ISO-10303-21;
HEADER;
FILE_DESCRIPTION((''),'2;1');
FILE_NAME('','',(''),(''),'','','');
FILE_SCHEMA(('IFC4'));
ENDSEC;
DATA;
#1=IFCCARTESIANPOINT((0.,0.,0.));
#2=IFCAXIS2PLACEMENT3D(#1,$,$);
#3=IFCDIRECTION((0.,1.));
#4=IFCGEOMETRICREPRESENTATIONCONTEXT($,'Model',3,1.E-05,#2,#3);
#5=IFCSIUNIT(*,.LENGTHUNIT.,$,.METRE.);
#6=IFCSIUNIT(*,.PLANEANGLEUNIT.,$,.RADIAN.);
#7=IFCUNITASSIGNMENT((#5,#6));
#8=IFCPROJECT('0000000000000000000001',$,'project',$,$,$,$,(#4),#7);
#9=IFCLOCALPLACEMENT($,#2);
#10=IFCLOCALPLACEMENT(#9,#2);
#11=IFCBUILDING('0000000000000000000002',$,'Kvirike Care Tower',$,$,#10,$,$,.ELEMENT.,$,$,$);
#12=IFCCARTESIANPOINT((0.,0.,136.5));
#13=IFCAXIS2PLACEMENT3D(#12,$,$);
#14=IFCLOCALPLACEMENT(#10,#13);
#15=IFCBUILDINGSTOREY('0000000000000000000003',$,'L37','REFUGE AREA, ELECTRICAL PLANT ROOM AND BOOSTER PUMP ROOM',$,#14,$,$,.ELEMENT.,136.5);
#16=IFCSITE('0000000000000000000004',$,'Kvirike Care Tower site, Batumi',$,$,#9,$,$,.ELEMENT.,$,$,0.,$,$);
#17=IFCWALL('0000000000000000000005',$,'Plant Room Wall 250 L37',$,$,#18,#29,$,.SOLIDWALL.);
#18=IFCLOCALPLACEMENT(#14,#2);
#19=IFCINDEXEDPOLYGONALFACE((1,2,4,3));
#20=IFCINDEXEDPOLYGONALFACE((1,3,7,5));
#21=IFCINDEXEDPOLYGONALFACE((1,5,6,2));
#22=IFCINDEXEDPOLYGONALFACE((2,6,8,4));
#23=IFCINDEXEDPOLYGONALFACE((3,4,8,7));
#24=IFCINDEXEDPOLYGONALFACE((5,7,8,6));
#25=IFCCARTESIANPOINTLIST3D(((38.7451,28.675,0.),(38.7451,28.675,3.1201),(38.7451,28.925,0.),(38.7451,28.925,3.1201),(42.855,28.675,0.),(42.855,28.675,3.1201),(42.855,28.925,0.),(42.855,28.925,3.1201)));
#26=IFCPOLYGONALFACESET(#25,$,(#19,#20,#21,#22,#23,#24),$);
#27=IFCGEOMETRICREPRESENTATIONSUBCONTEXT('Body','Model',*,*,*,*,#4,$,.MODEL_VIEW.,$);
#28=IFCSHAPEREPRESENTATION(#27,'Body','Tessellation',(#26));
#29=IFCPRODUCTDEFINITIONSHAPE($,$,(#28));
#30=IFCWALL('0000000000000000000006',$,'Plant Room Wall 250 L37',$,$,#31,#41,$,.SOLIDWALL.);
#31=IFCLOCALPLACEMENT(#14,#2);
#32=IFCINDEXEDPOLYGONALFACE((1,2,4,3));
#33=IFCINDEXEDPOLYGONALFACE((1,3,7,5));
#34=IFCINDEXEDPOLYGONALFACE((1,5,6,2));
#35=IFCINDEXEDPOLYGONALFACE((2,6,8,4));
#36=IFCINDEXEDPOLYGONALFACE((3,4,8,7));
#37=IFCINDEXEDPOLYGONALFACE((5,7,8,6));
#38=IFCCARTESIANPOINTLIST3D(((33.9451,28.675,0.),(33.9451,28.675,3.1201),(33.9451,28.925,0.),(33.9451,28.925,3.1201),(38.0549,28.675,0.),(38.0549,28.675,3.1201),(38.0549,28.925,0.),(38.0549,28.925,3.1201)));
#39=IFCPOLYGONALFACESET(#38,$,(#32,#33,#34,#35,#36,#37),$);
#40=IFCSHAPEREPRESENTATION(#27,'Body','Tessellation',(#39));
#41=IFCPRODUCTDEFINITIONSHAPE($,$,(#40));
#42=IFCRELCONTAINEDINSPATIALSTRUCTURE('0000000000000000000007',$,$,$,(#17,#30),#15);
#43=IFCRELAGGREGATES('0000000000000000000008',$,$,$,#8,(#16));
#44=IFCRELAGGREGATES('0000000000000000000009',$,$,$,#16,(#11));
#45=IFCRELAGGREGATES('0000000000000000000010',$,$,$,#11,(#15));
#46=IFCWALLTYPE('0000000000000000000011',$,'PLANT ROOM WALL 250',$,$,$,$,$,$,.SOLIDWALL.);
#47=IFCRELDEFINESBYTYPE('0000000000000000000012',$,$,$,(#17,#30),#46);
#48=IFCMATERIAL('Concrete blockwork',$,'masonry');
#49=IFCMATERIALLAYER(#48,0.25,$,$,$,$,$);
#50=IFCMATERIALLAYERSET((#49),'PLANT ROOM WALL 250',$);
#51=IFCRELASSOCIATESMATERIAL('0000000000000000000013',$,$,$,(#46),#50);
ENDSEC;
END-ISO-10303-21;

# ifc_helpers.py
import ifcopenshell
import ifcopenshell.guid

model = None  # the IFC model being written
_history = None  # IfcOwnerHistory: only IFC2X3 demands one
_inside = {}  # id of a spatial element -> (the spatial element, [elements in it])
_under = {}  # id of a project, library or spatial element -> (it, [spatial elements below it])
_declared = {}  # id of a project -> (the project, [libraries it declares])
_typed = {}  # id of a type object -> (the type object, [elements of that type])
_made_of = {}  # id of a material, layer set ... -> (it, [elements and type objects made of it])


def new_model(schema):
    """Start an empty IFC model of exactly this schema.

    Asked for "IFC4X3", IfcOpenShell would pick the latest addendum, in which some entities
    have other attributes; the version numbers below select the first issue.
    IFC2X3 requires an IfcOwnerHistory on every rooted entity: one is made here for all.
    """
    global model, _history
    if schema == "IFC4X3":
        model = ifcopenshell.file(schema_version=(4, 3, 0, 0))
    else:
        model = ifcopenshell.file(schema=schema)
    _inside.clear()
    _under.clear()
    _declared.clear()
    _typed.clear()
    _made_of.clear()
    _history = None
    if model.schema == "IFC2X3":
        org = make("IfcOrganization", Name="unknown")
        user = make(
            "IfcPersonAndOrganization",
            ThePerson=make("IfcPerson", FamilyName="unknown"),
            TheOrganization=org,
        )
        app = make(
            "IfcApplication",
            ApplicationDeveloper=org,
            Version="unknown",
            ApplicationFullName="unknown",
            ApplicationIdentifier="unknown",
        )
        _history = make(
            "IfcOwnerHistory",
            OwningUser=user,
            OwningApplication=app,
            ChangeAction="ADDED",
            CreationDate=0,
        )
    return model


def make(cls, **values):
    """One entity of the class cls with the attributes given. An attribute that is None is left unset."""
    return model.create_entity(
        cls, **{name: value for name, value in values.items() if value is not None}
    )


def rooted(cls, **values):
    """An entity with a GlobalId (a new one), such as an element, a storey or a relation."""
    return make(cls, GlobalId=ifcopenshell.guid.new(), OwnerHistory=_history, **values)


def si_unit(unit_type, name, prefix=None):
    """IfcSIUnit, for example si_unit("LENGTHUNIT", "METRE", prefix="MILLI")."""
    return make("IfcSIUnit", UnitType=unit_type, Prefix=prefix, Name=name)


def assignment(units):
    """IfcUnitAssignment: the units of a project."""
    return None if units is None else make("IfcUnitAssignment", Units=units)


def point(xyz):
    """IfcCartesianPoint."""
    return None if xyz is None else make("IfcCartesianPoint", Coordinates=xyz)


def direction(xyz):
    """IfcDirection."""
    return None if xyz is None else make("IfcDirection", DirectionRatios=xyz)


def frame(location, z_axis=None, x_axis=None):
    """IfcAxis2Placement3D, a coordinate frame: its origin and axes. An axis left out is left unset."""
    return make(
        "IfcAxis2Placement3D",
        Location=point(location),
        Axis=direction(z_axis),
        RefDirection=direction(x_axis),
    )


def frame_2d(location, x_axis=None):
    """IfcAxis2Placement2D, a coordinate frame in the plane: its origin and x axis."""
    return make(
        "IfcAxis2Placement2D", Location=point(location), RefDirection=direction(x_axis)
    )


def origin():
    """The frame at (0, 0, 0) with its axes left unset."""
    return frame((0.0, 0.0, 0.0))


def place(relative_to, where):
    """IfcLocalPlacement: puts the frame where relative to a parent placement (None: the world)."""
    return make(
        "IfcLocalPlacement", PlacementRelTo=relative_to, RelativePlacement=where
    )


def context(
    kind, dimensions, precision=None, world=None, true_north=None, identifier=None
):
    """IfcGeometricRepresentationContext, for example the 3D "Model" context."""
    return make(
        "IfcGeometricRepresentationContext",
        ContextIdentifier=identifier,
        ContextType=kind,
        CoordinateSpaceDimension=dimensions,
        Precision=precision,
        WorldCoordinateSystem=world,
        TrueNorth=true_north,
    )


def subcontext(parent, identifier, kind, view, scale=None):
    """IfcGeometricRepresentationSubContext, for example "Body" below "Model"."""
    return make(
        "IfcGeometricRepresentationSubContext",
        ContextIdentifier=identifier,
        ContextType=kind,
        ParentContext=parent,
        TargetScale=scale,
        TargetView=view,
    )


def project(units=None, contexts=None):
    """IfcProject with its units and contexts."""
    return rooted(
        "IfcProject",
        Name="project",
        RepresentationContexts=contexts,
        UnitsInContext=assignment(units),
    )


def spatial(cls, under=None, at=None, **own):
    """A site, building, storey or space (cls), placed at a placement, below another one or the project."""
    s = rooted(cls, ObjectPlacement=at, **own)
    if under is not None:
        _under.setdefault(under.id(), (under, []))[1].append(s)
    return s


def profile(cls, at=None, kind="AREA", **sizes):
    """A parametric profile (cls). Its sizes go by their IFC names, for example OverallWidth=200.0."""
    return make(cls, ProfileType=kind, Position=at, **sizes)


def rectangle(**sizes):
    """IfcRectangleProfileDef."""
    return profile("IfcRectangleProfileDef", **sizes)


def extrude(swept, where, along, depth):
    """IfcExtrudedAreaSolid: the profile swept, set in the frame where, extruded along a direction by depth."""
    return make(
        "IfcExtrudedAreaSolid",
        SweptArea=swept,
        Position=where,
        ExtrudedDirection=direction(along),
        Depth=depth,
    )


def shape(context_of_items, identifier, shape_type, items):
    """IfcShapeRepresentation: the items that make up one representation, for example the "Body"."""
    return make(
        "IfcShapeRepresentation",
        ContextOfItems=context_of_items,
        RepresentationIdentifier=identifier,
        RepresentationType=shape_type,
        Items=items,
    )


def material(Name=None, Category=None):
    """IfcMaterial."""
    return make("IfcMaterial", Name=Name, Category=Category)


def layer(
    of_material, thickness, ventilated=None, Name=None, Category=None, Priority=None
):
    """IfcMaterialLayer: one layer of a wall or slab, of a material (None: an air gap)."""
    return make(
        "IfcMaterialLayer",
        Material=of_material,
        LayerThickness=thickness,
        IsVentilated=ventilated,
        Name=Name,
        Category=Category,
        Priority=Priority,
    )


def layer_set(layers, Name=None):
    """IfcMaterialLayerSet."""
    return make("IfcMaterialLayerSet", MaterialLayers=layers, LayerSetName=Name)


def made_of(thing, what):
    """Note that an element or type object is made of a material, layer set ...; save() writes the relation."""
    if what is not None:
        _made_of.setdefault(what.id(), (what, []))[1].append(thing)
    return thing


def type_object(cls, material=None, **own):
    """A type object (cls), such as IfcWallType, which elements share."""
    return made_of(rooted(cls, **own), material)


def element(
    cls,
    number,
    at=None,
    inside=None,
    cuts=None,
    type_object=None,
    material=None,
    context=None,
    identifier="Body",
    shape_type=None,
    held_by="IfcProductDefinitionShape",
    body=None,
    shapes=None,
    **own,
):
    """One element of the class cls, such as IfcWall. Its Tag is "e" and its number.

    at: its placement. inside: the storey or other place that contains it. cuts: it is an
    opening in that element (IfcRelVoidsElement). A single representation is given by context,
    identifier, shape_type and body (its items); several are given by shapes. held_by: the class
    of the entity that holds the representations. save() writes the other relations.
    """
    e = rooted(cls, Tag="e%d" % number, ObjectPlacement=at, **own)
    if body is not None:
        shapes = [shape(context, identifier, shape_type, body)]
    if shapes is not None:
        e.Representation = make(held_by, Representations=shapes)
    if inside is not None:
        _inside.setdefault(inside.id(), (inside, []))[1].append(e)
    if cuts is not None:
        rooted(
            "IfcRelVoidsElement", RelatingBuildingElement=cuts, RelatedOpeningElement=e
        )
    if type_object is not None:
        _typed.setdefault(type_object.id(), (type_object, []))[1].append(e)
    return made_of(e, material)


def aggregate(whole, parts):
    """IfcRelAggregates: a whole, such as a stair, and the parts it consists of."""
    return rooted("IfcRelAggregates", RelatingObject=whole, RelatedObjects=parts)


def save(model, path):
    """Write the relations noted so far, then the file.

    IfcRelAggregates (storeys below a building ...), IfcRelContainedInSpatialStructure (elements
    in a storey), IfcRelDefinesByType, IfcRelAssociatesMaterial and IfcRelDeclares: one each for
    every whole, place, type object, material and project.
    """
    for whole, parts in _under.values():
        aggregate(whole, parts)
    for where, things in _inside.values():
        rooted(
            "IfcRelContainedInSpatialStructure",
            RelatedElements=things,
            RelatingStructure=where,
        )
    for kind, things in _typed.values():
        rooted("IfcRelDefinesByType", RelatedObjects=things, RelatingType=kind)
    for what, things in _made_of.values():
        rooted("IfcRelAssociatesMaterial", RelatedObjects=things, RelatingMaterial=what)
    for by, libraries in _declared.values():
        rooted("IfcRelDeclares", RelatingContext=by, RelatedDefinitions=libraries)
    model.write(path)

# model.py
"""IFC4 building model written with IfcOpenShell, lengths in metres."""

from ifc_helpers import new_model, si_unit, direction, frame, frame_2d, origin, place, context, subcontext, project, spatial, rectangle, extrude, material, layer, layer_set, type_object, element, save


model = new_model("IFC4")

# Units and contexts
model_context = context("Model", 3, precision=1e-05, world=origin(), true_north=direction((0.0, 1.0)))
body_context = subcontext(model_context, "Body", "Model", "MODEL_VIEW")
ifc_project = project(units=[si_unit("LENGTHUNIT", "METRE"), si_unit("PLANEANGLEUNIT", "RADIAN")], contexts=[model_context])

# Site, building, storey
site_placement = place(None, origin())
site = spatial("IfcSite", under=ifc_project, at=site_placement, Name="Kvirike Care Tower site, Batumi", CompositionType="ELEMENT", RefElevation=0.0)
building_placement = place(site_placement, origin())
building = spatial("IfcBuilding", under=site, at=building_placement, Name="Kvirike Care Tower", CompositionType="ELEMENT")
storey_placement = place(building_placement, frame((0.0, 0.0, 136.5)))
storey = spatial("IfcBuildingStorey", under=building, at=storey_placement, Name="L37", Description="REFUGE AREA, ELECTRICAL PLANT ROOM AND BOOSTER PUMP ROOM", CompositionType="ELEMENT", Elevation=136.5)

# Walls
ifc_material_1 = material(Name="Concrete blockwork", Category="masonry")
ifc_layer_1 = layer(ifc_material_1, 0.25)
ifc_layer_set_1 = layer_set([ifc_layer_1], Name="PLANT ROOM WALL 250")
wall_type = type_object("IfcWallType", Name="PLANT ROOM WALL 250", PredefinedType="SOLIDWALL", material=ifc_layer_set_1)
for number, where, z_axis, x_axis, name in (
    (1, (42.855, 28.8, 0.0), (0.0, 0.0, 1.0), (-1.0, 0.0, 0.0), "Plant Room Wall 250 L37"),
    (2, (38.0549, 28.8, 0.0), (0.0, 0.0, 1.0), (-1.0, 0.0, 0.0), "Plant Room Wall 250 L37"),
):
    element("IfcWall", number, at=place(storey_placement, frame(where, z_axis=z_axis, x_axis=x_axis)), inside=storey, type_object=wall_type, Name=name, PredefinedType="SOLIDWALL", context=body_context, shape_type="SweptSolid", body=[
        extrude(rectangle(XDim=4.1099, YDim=0.25, at=frame_2d((2.0549, 0.0))), origin(), (0.0, 0.0, 1.0), 3.1201),
    ])

save(model, "model.ifc")
